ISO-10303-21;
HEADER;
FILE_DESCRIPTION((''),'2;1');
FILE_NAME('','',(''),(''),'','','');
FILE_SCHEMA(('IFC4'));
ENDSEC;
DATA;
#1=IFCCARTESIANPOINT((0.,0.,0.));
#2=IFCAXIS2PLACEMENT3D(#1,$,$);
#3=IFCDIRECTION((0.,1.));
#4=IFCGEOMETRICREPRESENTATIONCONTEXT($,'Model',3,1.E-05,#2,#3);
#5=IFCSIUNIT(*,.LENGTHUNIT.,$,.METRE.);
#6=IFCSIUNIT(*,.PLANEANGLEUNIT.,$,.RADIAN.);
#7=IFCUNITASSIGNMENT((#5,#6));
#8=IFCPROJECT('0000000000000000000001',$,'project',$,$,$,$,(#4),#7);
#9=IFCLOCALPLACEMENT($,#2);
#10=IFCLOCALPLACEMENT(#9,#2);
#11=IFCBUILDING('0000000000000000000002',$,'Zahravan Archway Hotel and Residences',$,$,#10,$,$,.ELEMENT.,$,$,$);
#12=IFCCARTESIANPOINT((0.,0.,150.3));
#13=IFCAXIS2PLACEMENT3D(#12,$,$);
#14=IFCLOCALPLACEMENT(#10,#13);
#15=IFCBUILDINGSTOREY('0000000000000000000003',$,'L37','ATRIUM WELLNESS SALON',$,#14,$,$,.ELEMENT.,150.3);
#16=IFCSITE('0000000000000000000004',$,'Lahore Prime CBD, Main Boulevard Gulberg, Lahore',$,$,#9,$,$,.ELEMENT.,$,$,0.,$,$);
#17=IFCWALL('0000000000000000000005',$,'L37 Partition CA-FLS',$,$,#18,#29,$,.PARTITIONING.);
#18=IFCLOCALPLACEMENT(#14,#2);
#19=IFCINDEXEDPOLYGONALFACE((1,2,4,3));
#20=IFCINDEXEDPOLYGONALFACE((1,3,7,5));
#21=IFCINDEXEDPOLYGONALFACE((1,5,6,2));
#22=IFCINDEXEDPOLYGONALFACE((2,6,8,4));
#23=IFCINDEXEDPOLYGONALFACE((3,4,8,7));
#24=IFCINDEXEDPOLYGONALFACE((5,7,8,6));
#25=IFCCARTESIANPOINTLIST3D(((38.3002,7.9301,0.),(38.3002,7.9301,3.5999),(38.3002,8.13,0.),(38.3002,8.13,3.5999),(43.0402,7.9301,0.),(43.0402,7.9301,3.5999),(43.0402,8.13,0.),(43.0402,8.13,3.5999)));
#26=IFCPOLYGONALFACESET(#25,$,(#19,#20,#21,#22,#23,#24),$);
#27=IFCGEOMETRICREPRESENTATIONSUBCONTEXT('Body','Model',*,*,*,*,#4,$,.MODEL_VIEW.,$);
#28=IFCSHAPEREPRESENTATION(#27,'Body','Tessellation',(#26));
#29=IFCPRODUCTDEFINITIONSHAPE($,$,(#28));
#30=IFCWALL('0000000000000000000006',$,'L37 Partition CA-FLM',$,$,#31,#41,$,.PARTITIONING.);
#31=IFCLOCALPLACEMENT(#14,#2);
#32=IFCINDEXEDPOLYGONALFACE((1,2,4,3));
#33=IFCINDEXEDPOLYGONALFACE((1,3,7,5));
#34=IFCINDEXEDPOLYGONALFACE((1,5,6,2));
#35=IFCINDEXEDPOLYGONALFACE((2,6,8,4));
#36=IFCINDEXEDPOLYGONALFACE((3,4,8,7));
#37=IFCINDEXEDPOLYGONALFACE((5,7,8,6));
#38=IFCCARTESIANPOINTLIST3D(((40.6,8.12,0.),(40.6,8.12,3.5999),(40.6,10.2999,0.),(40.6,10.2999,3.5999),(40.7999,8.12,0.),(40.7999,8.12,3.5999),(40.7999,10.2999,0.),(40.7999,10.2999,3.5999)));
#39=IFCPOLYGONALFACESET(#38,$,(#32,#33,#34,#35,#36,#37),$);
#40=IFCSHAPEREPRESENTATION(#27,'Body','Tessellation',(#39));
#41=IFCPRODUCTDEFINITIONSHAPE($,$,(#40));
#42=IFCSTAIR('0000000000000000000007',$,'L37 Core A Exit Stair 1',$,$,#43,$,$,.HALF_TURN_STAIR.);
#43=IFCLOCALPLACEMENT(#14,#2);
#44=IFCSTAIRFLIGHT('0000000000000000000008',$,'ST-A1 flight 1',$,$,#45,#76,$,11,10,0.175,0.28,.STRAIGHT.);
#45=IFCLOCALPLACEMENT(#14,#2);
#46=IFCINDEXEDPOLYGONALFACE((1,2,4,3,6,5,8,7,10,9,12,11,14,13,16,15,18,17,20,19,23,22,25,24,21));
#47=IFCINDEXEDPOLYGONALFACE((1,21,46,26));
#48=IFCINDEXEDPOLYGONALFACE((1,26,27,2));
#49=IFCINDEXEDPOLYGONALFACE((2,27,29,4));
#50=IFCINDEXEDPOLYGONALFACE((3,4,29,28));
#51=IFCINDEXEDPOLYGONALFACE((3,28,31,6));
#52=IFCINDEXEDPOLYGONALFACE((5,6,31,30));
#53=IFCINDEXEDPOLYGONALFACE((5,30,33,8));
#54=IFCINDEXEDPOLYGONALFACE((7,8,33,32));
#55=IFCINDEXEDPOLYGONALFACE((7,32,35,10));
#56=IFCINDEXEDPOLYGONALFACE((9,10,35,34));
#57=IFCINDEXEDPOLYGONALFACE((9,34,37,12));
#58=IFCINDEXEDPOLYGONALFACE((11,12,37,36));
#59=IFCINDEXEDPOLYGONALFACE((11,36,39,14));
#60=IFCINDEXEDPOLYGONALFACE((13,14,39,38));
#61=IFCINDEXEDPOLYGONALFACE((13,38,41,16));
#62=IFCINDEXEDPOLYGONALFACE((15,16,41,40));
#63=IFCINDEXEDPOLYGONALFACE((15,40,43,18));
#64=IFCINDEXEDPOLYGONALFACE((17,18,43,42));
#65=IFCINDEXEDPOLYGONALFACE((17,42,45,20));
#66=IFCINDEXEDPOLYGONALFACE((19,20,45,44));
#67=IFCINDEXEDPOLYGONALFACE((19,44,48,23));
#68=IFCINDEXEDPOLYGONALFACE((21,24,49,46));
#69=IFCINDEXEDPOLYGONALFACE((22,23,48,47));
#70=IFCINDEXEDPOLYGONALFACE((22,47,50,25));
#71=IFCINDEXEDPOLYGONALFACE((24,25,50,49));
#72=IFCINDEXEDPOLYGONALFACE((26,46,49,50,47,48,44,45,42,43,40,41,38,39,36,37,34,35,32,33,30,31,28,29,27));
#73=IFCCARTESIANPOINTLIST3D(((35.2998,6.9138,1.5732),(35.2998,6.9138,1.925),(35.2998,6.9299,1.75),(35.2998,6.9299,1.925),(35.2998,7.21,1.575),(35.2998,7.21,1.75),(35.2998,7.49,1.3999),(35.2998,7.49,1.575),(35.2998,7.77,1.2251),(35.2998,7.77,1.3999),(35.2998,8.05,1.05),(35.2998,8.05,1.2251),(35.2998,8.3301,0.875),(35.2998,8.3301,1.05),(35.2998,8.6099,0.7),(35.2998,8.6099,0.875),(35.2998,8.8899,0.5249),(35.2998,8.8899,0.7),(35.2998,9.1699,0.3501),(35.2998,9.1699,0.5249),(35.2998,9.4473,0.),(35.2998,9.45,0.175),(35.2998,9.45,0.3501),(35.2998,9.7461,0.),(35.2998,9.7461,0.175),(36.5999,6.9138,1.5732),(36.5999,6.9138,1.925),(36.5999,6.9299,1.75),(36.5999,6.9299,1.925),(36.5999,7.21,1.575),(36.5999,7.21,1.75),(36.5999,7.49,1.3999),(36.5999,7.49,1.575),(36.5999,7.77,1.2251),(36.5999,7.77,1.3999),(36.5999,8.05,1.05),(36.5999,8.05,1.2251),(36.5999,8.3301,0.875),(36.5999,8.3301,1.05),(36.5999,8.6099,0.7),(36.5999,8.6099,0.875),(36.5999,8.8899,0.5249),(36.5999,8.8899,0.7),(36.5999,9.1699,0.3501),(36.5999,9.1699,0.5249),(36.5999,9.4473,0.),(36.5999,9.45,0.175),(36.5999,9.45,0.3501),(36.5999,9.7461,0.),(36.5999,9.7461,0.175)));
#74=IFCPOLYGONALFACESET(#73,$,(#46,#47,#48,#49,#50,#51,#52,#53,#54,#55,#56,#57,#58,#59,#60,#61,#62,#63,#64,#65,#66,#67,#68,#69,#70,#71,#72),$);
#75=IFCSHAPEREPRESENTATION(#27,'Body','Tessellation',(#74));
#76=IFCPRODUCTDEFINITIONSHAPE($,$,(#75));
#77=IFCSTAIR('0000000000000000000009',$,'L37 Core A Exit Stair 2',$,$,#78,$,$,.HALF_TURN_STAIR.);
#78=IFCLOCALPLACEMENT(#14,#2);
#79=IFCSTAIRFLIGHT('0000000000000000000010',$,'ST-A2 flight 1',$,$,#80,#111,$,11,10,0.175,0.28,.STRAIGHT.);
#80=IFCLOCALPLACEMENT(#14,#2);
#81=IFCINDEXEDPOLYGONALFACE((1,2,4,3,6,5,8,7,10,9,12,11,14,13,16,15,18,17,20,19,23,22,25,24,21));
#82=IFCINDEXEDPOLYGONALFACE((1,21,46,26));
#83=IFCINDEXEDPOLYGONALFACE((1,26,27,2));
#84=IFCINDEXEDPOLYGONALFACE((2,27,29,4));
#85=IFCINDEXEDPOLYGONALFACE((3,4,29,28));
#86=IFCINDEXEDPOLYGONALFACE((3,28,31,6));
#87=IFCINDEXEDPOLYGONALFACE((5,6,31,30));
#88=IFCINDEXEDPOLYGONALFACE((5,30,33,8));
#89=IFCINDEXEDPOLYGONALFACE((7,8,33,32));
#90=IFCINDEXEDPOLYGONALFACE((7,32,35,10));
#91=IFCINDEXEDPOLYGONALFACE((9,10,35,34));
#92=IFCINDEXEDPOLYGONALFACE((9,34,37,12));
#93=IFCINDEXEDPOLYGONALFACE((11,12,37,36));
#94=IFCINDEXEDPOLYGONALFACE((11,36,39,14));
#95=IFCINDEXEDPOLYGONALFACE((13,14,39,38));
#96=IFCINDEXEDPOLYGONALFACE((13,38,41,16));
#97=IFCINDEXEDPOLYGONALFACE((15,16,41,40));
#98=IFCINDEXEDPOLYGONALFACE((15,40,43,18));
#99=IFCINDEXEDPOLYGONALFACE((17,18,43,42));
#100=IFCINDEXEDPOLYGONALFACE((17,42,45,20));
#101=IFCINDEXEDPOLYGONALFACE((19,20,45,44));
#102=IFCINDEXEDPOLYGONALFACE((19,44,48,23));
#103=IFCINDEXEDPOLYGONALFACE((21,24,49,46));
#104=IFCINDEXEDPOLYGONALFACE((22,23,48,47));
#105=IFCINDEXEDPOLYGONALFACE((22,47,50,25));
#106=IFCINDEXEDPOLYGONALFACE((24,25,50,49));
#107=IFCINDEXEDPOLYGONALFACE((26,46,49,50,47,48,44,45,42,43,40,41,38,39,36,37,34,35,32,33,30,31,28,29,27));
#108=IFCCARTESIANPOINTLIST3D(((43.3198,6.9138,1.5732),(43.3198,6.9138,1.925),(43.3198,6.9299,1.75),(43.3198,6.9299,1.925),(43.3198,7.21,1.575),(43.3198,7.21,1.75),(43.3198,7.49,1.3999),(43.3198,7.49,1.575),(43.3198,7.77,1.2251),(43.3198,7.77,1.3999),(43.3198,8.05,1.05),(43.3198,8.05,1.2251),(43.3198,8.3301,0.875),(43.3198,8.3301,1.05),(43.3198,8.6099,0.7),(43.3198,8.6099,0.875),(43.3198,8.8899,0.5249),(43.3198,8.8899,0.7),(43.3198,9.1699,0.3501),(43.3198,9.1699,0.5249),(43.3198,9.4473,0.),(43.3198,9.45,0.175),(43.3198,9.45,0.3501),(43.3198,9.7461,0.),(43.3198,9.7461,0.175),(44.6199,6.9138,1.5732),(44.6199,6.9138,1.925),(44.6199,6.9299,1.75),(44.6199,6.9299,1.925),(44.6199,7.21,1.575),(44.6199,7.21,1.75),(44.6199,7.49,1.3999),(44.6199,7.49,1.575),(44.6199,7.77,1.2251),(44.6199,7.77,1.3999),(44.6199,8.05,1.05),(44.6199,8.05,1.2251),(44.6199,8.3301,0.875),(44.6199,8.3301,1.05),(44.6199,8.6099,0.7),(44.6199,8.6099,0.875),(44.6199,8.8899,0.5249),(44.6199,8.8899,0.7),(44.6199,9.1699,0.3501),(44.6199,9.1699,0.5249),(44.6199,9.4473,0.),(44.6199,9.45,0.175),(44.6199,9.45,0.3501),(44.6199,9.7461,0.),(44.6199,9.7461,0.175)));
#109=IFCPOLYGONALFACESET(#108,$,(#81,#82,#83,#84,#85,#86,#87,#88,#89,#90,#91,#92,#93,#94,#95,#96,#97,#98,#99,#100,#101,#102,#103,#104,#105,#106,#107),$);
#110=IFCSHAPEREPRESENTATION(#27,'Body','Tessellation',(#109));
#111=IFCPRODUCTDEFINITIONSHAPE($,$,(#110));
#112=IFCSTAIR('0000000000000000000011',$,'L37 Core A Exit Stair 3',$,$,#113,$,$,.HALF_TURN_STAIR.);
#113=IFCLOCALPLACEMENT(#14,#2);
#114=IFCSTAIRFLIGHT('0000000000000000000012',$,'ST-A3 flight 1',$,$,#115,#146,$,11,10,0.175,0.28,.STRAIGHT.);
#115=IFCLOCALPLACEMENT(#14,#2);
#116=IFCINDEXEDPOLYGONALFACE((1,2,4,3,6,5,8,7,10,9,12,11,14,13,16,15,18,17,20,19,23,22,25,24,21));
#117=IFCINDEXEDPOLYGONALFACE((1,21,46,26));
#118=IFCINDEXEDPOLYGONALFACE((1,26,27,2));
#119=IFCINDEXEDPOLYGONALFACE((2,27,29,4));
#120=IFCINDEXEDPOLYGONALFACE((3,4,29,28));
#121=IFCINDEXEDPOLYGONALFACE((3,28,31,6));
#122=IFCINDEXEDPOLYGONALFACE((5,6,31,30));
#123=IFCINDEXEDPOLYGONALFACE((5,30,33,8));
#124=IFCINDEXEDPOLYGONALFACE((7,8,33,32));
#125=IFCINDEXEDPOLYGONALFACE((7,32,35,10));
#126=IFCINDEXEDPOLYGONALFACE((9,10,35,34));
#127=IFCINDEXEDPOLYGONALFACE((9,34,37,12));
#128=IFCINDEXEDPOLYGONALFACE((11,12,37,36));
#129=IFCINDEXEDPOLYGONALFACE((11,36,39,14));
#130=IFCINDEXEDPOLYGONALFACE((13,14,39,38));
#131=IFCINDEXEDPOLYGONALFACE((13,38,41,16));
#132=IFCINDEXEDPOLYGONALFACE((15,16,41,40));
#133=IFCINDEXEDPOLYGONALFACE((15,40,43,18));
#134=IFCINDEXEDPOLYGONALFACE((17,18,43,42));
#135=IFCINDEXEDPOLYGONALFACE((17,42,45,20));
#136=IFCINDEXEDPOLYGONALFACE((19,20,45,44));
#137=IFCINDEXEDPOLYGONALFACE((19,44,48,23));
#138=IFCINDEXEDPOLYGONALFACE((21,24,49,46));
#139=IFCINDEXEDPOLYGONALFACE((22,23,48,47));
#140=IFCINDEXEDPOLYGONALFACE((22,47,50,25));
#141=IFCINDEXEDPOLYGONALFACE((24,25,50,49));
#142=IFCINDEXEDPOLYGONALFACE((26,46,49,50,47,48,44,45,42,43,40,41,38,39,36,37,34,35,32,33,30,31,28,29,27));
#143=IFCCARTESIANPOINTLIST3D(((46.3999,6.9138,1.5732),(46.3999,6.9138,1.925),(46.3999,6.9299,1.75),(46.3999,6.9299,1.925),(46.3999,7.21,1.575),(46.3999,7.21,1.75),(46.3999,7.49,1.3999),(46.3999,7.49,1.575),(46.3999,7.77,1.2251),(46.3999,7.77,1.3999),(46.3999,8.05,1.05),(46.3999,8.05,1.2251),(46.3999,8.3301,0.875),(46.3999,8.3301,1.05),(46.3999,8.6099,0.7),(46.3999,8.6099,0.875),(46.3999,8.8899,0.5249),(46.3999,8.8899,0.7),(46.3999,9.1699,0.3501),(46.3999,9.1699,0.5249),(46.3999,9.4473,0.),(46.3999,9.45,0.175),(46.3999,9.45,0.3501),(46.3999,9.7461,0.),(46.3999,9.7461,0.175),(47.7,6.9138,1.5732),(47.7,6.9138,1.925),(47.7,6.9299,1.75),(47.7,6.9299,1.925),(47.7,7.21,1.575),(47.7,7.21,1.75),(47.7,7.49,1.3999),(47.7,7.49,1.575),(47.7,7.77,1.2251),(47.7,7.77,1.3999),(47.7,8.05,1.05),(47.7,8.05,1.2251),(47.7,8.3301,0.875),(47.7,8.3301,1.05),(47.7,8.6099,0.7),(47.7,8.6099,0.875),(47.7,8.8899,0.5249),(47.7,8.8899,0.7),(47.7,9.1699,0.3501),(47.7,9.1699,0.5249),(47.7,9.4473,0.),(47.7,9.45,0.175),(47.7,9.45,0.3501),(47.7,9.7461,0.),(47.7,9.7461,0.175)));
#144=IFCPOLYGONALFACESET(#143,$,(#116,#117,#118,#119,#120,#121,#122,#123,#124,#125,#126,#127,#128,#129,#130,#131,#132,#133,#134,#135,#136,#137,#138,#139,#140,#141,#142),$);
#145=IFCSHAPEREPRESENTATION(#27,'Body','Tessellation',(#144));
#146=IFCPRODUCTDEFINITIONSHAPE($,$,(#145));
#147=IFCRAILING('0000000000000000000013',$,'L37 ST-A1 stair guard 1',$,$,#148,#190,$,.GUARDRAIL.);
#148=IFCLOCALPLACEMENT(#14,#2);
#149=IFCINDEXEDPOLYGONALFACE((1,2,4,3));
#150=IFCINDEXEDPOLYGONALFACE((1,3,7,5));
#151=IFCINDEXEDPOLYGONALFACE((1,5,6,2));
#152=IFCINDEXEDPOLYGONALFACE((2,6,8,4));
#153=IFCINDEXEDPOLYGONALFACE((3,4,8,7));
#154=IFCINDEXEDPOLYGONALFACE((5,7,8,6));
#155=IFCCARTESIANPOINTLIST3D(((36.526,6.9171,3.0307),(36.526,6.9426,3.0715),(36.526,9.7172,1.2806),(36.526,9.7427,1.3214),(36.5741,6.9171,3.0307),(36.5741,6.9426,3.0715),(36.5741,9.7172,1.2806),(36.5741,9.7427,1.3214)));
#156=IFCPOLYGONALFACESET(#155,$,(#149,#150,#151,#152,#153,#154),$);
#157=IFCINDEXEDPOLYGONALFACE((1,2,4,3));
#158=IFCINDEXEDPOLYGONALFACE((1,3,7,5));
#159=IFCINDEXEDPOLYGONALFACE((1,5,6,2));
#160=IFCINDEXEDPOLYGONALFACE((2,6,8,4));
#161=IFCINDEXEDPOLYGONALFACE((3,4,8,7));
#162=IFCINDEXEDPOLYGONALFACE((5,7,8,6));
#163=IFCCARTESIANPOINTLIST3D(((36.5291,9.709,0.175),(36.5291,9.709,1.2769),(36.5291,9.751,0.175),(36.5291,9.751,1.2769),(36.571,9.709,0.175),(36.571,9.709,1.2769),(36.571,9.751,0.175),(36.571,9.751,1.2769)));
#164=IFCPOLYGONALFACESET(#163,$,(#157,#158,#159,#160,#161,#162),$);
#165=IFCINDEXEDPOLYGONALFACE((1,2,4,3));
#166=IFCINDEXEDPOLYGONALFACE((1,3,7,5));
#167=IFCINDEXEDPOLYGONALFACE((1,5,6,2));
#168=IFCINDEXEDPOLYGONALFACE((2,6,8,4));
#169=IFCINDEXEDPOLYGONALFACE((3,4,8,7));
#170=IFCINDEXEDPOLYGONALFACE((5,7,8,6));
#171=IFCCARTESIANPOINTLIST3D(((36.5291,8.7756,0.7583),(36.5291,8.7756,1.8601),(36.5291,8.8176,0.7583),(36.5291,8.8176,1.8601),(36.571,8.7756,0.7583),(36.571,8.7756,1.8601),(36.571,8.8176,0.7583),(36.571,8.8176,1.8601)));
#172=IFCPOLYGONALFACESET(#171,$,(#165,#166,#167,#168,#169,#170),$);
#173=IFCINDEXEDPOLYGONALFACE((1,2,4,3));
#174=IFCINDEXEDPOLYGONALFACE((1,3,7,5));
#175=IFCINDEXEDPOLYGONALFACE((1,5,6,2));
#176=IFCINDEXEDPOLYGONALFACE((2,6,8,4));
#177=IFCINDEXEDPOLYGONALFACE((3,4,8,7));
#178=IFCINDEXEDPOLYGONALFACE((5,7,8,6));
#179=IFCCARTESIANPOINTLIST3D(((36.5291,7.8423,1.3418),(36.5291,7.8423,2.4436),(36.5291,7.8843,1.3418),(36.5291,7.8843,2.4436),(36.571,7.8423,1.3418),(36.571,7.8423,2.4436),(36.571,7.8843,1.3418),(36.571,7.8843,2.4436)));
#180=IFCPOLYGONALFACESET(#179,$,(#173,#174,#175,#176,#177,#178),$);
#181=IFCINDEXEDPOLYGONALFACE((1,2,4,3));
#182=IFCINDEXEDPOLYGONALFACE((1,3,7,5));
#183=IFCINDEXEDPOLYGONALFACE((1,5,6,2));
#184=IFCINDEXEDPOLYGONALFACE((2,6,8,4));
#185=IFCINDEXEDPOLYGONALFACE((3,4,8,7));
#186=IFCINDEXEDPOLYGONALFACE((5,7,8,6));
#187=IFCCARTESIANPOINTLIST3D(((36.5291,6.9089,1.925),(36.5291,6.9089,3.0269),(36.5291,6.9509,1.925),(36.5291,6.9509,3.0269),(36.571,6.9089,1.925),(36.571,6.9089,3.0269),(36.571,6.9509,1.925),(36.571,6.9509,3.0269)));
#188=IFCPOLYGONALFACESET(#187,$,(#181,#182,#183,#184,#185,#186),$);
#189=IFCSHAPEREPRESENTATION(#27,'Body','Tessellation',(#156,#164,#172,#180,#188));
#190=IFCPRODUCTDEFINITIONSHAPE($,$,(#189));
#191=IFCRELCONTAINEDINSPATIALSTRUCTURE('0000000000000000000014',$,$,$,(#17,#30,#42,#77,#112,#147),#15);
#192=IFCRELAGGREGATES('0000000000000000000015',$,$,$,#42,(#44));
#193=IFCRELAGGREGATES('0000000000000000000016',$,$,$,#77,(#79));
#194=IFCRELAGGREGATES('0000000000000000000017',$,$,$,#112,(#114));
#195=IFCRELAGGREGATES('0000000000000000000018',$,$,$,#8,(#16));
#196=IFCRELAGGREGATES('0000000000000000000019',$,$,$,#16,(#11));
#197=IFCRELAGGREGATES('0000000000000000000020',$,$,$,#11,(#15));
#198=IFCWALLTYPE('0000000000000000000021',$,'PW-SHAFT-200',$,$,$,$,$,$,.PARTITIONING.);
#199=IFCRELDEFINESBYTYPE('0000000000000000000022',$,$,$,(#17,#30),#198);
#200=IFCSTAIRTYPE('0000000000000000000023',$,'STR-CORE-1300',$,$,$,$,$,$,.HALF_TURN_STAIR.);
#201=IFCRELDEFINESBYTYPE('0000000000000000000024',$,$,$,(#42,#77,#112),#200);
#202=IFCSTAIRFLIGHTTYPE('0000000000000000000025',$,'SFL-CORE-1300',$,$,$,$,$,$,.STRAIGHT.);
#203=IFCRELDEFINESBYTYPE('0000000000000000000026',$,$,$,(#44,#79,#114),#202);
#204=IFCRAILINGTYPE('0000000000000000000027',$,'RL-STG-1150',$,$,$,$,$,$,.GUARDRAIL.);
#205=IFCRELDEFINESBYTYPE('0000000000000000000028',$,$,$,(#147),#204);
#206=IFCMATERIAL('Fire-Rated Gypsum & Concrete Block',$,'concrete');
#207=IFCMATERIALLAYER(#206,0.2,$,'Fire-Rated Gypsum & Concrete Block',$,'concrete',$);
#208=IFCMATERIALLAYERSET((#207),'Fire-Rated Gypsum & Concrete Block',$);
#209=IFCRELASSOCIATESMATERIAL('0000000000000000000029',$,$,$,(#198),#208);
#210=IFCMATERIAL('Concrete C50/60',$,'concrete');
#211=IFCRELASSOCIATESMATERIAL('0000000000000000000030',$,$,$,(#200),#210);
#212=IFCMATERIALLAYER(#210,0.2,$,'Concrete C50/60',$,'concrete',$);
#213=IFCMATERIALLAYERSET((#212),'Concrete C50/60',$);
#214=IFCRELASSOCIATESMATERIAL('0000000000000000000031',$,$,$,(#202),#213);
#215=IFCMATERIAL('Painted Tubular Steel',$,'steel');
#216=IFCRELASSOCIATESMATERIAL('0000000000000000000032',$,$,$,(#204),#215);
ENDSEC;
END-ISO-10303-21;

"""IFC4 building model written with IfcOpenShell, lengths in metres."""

from ifc_helpers import new_model, si_unit, direction, frame, frame_2d, origin, origin_2d, place, context, subcontext, project, spatial, polyline, rectangle, outline, extrude, source, transform, mapped, material, layer, layer_set, type_object, element, aggregate, save


model = new_model("IFC4")

# Units and contexts
model_context = context("Model", 3, precision=1e-05, world=origin(), true_north=direction((0.0, 1.0)))
body_context = subcontext(model_context, "Body", "Model", "MODEL_VIEW")
ifc_project = project(units=[si_unit("LENGTHUNIT", "METRE"), si_unit("PLANEANGLEUNIT", "RADIAN")], contexts=[model_context])

# Site, building, storey
site_placement = place(None, origin())
site = spatial("IfcSite", under=ifc_project, at=site_placement, Name="Lahore Prime CBD, Main Boulevard Gulberg, Lahore", CompositionType="ELEMENT", RefElevation=0.0)
building_placement = place(site_placement, origin())
building = spatial("IfcBuilding", under=site, at=building_placement, Name="Zahravan Archway Hotel and Residences", CompositionType="ELEMENT")
storey_placement = place(building_placement, frame((0.0, 0.0, 150.3)))
storey = spatial("IfcBuildingStorey", under=building, at=storey_placement, Name="L37", Description="ATRIUM WELLNESS SALON", CompositionType="ELEMENT", Elevation=150.3)

# Walls
ifc_material_1 = material(Name="Fire-Rated Gypsum & Concrete Block", Category="concrete")
ifc_layer_1 = layer(ifc_material_1, 0.2, Name="Fire-Rated Gypsum & Concrete Block", Category="concrete")
ifc_layer_set_1 = layer_set([ifc_layer_1], Name="Fire-Rated Gypsum & Concrete Block")
wall_type = type_object("IfcWallType", Name="PW-SHAFT-200", PredefinedType="PARTITIONING", material=ifc_layer_set_1)
wall_1_placement = place(storey_placement, frame((38.3, 8.03, 0.0), z_axis=(0.0, 0.0, 1.0), x_axis=(1.0, 0.0, 0.0)))
element("IfcWall", 1, at=wall_1_placement, inside=storey, type_object=wall_type, Name="L37 Partition CA-FLS", PredefinedType="PARTITIONING", context=body_context, shape_type="SweptSolid", body=[
    extrude(rectangle(XDim=4.74, YDim=0.2, at=frame_2d((2.3701, 0.0))), origin(), (0.0, 0.0, 1.0), 3.5999),
])
wall_2_placement = place(storey_placement, frame((40.7, 8.1201, 0.0), z_axis=(0.0, 0.0, 1.0), x_axis=(0.0, 1.0, 0.0)))
element("IfcWall", 2, at=wall_2_placement, inside=storey, type_object=wall_type, Name="L37 Partition CA-FLM", PredefinedType="PARTITIONING", context=body_context, shape_type="SweptSolid", body=[
    extrude(rectangle(XDim=2.1799, YDim=0.2, at=frame_2d((1.0898, 0.0))), origin(), (0.0, 0.0, 1.0), 3.5999),
])

# Stairs, stair flights
ifc_material_2 = material(Name="Concrete C50/60", Category="concrete")
stair_type = type_object("IfcStairType", Name="STR-CORE-1300", PredefinedType="HALF_TURN_STAIR", material=ifc_material_2)
stair_1_placement = place(storey_placement, origin())
stair_1 = element("IfcStair", 3, at=stair_1_placement, inside=storey, type_object=stair_type, Name="L37 Core A Exit Stair 1", PredefinedType="HALF_TURN_STAIR")
ifc_layer_2 = layer(ifc_material_2, 0.2, Name="Concrete C50/60", Category="concrete")
ifc_layer_set_2 = layer_set([ifc_layer_2], Name="Concrete C50/60")
stair_flight_type = type_object("IfcStairFlightType", Name="SFL-CORE-1300", PredefinedType="STRAIGHT", material=ifc_layer_set_2)
shared_shape = source(origin(), body_context, "Body", "SweptSolid", [
    extrude(outline(polyline([(-0.0161, 0.0), (-0.0161, 0.175), (0.28, 0.175), (0.28, 0.3501), (0.5601, 0.3501), (0.5601, 0.5249), (0.8401, 0.5249), (0.8401, 0.7), (1.1201, 0.7), (1.1201, 0.875), (1.3999, 0.875), (1.3999, 1.05), (1.6799, 1.05), (1.6799, 1.2251), (1.96, 1.2251), (1.96, 1.3999), (2.24, 1.3999), (2.24, 1.575), (2.52, 1.575), (2.52, 1.75), (2.8, 1.75), (2.8, 1.925), (2.8162, 1.925), (2.8162, 1.5732), (0.2827, 0.0), (-0.0161, 0.0)])), frame((0.0, 0.6499, 0.0), z_axis=(0.0, -1.0, 0.0), x_axis=(1.0, 0.0, 0.0)), (0.0, 0.0, 1.0), 1.3),
])
stair_flight_1_placement = place(storey_placement, frame((35.95, 9.73, 0.0), z_axis=(0.0, 0.0, 1.0), x_axis=(0.0, -1.0, 0.0)))
stair_flight_1 = element("IfcStairFlight", 4, at=stair_flight_1_placement, type_object=stair_flight_type, Name="ST-A1 flight 1", NumberOfRisers=11, NumberOfTreads=10, PredefinedType="STRAIGHT", RiserHeight=0.175, TreadLength=0.28, context=body_context, shape_type="MappedRepresentation", body=[
    mapped(shared_shape, transform((0.0, 0.0, 0.0), scale=1.0)),
])
aggregate(stair_1, [stair_flight_1])
stair_2_placement = place(storey_placement, origin())
stair_2 = element("IfcStair", 5, at=stair_2_placement, inside=storey, type_object=stair_type, Name="L37 Core A Exit Stair 2", PredefinedType="HALF_TURN_STAIR")
stair_flight_2_placement = place(storey_placement, frame((43.97, 9.73, 0.0), z_axis=(0.0, 0.0, 1.0), x_axis=(0.0, -1.0, 0.0)))
stair_flight_2 = element("IfcStairFlight", 6, at=stair_flight_2_placement, type_object=stair_flight_type, Name="ST-A2 flight 1", NumberOfRisers=11, NumberOfTreads=10, PredefinedType="STRAIGHT", RiserHeight=0.175, TreadLength=0.28, context=body_context, shape_type="MappedRepresentation", body=[
    mapped(shared_shape, transform((0.0, 0.0, 0.0), scale=1.0)),
])
aggregate(stair_2, [stair_flight_2])
stair_3_placement = place(storey_placement, origin())
stair_3 = element("IfcStair", 7, at=stair_3_placement, inside=storey, type_object=stair_type, Name="L37 Core A Exit Stair 3", PredefinedType="HALF_TURN_STAIR")
stair_flight_3_placement = place(storey_placement, frame((47.05, 9.73, 0.0), z_axis=(0.0, 0.0, 1.0), x_axis=(0.0, -1.0, 0.0)))
stair_flight_3 = element("IfcStairFlight", 8, at=stair_flight_3_placement, type_object=stair_flight_type, Name="ST-A3 flight 1", NumberOfRisers=11, NumberOfTreads=10, PredefinedType="STRAIGHT", RiserHeight=0.175, TreadLength=0.28, context=body_context, shape_type="MappedRepresentation", body=[
    mapped(shared_shape, transform((0.0, 0.0, 0.0), scale=1.0)),
])
aggregate(stair_3, [stair_flight_3])

# Railing
ifc_material_3 = material(Name="Painted Tubular Steel", Category="steel")
railing_type_1 = type_object("IfcRailingType", Name="RL-STG-1150", PredefinedType="GUARDRAIL", material=ifc_material_3)
railing_1_placement = place(storey_placement, frame((36.55, 9.73, 0.175)))
element("IfcRailing", 9, at=railing_1_placement, inside=storey, type_object=railing_type_1, Name="L37 ST-A1 stair guard 1", PredefinedType="GUARDRAIL", context=body_context, shape_type="SweptSolid", body=[
    extrude(rectangle(XDim=0.0481, YDim=0.0481, at=origin_2d()), frame((0.0, 0.0, 1.126), z_axis=(0.0, -0.848002, 0.529992), x_axis=(1.0, 0.0, 0.0)), (0.0, 0.0, 1.0), 3.302),
    extrude(rectangle(XDim=0.042, YDim=0.042, at=origin_2d()), origin(), (0.0, 0.0, 1.0), 1.1018),
    extrude(rectangle(XDim=0.042, YDim=0.042, at=origin_2d()), frame((0.0, -0.9333, 0.5833)), (0.0, 0.0, 1.0), 1.1018),
    extrude(rectangle(XDim=0.042, YDim=0.042, at=origin_2d()), frame((0.0, -1.8667, 1.1667)), (0.0, 0.0, 1.0), 1.1018),
    extrude(rectangle(XDim=0.042, YDim=0.042, at=origin_2d()), frame((0.0, -2.8, 1.75)), (0.0, 0.0, 1.0), 1.1018),
])

save(model, "model.ifc")
